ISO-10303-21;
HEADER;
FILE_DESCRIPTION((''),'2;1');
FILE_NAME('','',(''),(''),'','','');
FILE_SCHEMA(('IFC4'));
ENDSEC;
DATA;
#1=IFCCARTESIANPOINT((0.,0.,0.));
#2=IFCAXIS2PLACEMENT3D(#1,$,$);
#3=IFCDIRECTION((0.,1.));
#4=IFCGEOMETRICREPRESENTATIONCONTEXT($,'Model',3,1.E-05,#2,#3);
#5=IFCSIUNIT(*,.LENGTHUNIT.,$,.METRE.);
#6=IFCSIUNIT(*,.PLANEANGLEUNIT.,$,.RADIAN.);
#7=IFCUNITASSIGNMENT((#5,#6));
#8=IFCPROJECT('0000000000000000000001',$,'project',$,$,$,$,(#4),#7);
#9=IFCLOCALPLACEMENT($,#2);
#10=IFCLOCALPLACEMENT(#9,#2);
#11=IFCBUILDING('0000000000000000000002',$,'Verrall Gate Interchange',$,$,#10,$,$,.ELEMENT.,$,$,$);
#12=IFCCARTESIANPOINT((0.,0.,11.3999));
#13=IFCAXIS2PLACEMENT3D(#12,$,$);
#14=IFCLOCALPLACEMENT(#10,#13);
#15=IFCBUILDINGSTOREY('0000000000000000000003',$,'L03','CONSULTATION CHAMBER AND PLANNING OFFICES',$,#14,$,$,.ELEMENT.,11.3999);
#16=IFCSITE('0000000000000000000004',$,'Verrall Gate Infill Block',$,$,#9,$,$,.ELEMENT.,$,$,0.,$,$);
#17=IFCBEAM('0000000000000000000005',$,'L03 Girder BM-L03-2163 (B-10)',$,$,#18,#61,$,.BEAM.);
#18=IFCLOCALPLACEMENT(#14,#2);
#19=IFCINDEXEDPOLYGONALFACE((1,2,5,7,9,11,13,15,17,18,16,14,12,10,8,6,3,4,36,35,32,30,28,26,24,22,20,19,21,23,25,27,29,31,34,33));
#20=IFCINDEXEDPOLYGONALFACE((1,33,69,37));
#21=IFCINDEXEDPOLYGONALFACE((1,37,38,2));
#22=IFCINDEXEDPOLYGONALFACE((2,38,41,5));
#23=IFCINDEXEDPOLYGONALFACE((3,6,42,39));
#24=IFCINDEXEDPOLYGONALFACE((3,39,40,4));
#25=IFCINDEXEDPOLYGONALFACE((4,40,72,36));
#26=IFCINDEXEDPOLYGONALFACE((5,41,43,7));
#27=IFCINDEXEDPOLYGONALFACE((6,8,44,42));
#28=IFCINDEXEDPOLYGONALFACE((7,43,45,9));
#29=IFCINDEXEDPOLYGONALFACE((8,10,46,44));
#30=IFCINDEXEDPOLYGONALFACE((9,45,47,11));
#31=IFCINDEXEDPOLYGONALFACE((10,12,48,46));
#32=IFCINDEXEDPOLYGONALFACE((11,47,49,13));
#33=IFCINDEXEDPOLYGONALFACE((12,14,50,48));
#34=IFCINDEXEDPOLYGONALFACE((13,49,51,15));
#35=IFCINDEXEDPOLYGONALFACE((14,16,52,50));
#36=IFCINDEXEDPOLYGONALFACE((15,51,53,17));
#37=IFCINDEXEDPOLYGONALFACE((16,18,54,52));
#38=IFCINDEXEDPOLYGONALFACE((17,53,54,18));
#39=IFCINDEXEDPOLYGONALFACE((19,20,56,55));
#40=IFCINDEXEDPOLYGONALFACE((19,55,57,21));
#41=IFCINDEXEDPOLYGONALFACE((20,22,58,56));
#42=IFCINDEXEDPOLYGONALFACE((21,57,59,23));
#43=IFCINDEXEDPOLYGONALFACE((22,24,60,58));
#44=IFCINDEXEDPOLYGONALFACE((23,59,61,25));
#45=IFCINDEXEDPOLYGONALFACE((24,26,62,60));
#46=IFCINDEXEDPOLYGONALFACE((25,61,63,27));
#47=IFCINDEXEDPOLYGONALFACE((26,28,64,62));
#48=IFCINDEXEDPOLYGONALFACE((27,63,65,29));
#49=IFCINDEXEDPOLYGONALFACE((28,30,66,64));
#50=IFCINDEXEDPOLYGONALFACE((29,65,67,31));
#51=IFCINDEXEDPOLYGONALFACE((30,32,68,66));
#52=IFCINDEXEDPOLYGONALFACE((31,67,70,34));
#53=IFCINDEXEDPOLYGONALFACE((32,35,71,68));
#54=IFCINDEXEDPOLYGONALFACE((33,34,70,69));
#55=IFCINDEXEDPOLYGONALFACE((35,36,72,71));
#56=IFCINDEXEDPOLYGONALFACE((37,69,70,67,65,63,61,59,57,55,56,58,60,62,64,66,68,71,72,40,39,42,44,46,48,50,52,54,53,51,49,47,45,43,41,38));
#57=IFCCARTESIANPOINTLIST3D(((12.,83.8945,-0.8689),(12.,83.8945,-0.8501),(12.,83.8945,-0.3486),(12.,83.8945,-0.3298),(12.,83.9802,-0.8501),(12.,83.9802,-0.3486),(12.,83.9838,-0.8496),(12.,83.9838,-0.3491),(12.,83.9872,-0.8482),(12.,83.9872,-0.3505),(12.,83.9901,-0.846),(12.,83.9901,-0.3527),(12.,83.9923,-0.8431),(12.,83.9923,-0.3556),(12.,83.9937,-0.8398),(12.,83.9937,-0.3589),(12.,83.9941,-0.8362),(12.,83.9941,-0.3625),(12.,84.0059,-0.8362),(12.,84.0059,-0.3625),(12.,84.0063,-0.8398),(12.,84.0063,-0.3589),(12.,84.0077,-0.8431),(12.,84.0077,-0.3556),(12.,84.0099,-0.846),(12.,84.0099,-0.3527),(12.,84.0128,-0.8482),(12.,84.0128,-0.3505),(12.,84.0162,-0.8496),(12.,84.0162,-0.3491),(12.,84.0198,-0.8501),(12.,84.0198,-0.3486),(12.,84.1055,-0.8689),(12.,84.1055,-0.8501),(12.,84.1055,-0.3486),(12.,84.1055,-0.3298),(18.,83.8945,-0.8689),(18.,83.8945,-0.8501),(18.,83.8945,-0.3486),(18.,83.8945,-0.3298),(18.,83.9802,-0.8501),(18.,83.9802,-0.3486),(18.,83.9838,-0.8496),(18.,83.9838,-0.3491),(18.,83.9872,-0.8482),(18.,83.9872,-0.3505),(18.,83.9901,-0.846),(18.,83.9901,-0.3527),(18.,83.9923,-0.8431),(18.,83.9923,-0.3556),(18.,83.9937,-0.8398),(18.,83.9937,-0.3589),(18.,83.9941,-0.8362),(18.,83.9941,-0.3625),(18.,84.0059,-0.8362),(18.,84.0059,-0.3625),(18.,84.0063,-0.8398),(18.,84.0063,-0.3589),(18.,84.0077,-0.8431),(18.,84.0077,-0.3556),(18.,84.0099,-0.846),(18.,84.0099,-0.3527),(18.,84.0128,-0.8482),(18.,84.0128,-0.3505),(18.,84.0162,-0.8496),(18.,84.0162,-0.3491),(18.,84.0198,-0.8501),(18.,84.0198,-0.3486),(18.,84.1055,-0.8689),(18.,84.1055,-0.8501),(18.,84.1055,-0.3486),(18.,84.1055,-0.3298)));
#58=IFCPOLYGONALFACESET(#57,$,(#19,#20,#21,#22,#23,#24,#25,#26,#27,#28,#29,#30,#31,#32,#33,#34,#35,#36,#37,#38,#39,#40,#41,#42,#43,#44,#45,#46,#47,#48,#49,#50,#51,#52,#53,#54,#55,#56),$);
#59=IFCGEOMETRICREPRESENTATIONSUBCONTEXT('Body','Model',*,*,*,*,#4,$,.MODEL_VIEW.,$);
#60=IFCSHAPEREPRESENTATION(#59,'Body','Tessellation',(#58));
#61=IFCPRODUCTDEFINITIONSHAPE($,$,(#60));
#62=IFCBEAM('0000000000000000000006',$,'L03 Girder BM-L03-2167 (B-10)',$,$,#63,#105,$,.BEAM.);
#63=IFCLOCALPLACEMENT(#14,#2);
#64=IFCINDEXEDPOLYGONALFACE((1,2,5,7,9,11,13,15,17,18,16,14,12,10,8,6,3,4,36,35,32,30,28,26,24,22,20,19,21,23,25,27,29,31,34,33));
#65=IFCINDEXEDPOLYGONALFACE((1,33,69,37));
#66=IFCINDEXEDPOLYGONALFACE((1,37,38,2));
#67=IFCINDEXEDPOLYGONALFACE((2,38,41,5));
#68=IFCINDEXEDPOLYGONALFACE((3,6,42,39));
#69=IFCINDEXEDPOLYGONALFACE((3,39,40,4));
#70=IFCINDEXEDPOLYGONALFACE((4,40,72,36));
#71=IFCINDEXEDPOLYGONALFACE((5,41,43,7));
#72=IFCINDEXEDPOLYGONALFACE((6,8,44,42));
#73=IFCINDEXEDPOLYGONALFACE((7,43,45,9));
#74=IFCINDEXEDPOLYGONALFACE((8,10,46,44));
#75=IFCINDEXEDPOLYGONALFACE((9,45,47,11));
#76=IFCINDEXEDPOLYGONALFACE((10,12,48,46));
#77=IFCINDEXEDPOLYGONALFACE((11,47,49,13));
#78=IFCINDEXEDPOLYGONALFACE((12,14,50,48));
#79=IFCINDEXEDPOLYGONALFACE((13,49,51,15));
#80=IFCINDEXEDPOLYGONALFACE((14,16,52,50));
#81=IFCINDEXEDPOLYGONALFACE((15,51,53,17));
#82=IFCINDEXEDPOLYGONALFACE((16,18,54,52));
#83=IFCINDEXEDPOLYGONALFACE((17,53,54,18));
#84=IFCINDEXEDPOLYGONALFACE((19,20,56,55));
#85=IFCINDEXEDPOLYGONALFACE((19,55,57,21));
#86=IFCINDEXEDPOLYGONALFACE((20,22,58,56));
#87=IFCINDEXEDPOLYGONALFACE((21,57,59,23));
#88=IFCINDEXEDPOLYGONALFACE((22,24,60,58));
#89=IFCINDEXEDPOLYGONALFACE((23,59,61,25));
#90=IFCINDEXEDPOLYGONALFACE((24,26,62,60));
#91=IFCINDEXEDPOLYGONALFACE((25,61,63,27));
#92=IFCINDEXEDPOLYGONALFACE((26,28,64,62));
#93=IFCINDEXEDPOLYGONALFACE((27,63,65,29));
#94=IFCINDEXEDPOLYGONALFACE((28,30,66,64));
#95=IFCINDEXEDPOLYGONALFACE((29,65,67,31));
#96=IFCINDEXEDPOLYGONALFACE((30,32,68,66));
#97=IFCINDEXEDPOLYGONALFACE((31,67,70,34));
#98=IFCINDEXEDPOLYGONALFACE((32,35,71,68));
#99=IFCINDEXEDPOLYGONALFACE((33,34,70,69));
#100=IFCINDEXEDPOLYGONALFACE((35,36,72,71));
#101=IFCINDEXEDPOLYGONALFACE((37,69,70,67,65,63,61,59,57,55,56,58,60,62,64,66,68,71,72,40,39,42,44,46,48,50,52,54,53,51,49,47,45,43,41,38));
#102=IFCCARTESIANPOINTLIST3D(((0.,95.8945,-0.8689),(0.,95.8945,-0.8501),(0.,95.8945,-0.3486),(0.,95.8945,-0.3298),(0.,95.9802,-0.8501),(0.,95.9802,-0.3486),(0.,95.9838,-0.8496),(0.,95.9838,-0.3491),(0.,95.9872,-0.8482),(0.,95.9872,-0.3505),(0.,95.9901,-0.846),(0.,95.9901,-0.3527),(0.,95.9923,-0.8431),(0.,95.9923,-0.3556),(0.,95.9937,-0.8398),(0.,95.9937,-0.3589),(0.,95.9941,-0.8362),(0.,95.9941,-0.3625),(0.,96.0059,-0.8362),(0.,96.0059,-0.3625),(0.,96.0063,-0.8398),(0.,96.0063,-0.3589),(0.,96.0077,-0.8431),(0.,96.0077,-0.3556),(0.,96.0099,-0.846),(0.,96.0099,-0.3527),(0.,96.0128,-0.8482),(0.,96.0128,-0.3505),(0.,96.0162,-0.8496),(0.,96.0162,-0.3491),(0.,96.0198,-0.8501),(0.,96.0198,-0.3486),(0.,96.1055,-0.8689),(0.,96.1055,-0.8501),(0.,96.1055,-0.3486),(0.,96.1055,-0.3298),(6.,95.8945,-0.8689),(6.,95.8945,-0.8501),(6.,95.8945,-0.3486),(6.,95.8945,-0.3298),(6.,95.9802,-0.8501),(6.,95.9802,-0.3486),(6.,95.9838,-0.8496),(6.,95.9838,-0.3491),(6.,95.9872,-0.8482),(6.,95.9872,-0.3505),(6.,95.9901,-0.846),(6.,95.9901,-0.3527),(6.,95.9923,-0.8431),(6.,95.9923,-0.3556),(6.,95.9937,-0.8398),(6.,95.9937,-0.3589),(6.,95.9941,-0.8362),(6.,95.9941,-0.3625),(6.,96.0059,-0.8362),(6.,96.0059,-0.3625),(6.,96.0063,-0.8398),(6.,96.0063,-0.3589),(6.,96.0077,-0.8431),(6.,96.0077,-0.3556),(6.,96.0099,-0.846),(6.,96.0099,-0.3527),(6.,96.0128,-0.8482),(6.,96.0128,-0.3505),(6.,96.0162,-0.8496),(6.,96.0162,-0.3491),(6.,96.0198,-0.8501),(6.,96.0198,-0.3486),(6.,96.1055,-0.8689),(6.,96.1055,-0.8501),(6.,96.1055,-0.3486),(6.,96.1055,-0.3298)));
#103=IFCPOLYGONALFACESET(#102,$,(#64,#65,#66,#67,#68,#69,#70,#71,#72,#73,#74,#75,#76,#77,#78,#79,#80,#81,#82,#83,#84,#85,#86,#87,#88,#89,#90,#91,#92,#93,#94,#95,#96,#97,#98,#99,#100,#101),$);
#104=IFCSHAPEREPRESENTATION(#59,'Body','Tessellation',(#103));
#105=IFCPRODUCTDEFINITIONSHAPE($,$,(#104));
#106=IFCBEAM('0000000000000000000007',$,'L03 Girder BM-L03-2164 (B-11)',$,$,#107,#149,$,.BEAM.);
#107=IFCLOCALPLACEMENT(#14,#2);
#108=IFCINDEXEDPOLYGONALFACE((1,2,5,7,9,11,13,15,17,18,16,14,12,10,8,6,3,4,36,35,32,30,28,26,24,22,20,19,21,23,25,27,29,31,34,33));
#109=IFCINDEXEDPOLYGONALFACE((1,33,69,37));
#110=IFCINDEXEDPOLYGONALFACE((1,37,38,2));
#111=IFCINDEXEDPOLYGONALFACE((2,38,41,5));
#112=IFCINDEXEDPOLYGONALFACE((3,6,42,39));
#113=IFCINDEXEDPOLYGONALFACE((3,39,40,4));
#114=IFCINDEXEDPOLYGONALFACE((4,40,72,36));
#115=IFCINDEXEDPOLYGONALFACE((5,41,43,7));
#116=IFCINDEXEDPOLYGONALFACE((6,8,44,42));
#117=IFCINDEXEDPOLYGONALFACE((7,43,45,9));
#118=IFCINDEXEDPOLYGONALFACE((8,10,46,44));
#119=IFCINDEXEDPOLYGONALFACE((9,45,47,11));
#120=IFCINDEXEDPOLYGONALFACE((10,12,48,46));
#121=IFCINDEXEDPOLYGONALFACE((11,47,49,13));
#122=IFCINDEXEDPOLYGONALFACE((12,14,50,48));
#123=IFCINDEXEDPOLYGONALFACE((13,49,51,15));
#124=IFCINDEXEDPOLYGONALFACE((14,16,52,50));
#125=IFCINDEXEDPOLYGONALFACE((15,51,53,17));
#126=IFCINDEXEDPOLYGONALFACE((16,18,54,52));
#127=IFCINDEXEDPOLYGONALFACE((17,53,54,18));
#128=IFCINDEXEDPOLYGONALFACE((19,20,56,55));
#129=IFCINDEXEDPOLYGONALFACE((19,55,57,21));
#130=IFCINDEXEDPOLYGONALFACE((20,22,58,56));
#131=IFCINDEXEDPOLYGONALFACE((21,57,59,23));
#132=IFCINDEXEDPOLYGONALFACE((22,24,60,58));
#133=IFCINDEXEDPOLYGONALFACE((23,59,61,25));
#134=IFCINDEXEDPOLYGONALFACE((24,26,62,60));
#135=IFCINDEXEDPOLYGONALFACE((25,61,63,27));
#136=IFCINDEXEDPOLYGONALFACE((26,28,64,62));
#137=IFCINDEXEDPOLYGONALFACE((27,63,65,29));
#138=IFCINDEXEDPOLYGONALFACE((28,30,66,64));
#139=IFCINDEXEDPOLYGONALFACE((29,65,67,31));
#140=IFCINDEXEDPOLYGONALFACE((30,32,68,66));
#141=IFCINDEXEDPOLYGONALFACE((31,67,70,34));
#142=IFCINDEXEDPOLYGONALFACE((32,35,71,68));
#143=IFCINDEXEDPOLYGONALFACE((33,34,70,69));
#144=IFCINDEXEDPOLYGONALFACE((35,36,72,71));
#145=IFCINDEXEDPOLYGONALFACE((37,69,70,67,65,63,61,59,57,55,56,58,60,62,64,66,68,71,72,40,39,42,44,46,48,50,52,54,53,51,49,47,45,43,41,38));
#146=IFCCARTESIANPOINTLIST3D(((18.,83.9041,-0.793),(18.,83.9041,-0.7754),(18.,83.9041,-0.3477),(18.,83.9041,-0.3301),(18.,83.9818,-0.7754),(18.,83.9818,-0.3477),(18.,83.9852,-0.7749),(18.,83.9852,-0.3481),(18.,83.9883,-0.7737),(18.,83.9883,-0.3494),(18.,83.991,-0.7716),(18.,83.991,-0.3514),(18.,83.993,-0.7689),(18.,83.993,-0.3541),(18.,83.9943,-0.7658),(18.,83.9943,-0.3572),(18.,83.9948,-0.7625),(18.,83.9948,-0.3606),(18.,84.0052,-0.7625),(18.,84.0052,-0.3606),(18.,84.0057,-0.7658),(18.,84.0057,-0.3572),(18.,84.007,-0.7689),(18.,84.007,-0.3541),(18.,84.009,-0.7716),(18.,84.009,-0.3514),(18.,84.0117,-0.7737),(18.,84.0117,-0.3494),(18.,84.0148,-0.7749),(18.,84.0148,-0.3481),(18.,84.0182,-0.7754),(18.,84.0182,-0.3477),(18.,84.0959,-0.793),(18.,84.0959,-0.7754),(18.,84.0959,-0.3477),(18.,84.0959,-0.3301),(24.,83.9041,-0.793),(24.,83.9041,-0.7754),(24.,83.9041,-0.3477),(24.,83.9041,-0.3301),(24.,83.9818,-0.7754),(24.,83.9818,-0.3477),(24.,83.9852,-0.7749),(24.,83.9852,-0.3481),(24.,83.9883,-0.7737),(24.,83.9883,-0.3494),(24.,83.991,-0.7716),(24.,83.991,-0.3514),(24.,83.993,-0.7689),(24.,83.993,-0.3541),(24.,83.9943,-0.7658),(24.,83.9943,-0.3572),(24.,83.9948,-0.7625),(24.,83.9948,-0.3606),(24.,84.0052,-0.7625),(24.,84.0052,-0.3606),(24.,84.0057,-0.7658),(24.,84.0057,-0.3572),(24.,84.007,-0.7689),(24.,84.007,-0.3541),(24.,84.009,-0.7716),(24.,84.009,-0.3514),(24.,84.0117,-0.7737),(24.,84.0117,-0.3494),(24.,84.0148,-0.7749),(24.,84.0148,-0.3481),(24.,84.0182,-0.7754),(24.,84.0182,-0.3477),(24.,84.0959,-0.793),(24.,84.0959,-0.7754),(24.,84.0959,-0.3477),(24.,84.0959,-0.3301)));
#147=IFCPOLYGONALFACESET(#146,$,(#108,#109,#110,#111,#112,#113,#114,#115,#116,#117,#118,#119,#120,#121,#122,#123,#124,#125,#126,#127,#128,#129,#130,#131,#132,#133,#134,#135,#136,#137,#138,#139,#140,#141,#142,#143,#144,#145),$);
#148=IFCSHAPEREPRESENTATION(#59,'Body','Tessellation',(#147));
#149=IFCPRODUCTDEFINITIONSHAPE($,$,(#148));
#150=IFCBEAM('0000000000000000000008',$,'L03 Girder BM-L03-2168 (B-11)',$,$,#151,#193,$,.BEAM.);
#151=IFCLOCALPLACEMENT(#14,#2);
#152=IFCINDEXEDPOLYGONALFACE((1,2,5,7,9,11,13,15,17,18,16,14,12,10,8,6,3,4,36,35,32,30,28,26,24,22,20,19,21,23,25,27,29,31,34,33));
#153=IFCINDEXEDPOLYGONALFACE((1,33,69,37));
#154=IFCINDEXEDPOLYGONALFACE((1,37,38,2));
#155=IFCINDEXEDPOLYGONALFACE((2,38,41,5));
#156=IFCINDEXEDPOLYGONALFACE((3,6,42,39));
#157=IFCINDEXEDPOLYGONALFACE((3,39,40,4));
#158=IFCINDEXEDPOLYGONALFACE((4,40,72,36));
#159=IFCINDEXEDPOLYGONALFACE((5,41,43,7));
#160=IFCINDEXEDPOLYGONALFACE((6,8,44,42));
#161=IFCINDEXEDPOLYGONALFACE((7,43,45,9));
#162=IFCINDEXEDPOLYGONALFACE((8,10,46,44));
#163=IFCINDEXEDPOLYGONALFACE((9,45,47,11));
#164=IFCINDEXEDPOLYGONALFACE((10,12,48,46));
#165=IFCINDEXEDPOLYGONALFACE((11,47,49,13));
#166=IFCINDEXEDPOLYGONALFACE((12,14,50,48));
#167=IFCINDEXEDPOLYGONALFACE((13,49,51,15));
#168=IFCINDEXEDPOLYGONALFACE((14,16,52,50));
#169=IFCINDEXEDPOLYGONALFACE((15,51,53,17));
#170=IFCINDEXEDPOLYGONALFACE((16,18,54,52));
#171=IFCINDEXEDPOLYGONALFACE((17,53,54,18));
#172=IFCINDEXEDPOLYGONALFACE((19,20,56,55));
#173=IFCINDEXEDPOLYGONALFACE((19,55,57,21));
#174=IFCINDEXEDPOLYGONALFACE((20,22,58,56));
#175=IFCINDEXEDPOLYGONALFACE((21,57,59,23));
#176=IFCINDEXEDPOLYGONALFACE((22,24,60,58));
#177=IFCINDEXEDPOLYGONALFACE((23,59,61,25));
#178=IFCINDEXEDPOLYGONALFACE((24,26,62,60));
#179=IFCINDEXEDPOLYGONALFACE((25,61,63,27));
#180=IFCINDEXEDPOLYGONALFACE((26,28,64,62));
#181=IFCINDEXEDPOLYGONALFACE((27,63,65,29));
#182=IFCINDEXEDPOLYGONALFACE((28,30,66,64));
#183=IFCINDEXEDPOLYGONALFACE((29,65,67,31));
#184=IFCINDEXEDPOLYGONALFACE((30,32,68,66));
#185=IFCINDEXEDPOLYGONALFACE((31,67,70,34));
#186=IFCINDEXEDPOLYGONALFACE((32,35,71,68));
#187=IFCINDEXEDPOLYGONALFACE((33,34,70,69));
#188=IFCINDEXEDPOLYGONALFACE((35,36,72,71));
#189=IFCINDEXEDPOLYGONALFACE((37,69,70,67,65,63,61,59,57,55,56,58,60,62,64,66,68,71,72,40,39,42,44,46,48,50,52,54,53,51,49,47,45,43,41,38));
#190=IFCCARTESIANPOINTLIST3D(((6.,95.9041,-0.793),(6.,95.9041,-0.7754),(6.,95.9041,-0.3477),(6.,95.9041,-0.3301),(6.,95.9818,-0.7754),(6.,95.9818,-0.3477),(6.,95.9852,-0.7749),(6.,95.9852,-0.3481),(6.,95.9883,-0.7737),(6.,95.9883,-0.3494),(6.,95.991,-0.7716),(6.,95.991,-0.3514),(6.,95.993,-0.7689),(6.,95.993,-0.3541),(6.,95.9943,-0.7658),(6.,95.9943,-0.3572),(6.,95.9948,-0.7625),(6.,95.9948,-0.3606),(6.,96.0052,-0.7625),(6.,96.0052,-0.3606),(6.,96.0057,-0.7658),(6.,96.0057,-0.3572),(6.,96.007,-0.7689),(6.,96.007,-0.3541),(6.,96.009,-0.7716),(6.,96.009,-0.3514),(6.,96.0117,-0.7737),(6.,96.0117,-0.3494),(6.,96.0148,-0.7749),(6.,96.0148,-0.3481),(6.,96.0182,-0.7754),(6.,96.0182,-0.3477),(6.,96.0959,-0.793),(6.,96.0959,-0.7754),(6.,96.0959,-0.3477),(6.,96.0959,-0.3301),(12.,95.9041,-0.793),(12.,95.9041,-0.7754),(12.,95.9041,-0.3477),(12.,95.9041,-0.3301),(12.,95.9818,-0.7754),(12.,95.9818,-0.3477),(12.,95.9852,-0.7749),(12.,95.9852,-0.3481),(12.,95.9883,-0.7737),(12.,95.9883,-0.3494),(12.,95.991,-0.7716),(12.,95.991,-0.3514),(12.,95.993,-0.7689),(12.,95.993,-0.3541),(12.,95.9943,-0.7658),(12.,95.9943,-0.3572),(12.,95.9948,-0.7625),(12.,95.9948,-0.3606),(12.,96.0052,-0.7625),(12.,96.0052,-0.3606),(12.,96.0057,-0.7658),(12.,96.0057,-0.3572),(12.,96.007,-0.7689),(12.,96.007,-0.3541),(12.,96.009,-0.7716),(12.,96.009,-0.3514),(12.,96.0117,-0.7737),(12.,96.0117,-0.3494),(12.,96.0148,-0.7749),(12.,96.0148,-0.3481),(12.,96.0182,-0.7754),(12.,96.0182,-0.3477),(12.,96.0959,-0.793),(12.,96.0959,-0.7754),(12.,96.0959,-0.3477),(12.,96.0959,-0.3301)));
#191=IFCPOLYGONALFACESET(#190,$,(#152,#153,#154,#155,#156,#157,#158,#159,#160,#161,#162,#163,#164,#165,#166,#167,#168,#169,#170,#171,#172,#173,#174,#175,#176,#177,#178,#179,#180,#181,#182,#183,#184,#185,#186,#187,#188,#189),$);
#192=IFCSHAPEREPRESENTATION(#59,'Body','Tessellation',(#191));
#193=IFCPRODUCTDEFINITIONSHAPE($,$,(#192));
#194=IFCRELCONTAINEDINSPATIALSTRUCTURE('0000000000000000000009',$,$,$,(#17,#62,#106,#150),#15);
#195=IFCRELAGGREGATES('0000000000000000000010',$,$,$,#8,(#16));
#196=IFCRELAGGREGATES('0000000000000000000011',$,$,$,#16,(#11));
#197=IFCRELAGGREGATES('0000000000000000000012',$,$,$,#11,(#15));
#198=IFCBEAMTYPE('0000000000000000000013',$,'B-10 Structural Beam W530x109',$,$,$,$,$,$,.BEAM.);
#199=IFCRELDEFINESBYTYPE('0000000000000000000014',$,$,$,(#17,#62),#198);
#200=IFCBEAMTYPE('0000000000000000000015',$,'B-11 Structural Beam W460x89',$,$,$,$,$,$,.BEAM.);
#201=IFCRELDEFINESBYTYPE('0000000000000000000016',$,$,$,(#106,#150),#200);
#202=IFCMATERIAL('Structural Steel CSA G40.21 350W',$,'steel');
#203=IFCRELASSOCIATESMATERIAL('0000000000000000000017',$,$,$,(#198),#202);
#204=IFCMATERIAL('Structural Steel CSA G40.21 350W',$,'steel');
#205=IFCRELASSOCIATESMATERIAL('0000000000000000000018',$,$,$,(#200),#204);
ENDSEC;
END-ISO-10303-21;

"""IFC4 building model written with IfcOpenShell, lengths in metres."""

from ifc_helpers import new_model, si_unit, direction, frame, origin, origin_2d, place, context, subcontext, project, spatial, i_section, extrude, material, material_profile, profile_set, type_object, element, save


model = new_model("IFC4")

# Units and contexts
model_context = context("Model", 3, precision=1e-05, world=origin(), true_north=direction((0.0, 1.0)))
body_context = subcontext(model_context, "Body", "Model", "MODEL_VIEW")
ifc_project = project(units=[si_unit("LENGTHUNIT", "METRE"), si_unit("PLANEANGLEUNIT", "RADIAN")], contexts=[model_context])

# Site, building, storey
site_placement = place(None, origin())
site = spatial("IfcSite", under=ifc_project, at=site_placement, Name="Verrall Gate Infill Block", CompositionType="ELEMENT", RefElevation=0.0)
building_placement = place(site_placement, origin())
building = spatial("IfcBuilding", under=site, at=building_placement, Name="Verrall Gate Interchange", CompositionType="ELEMENT")
storey_placement = place(building_placement, frame((0.0, 0.0, 11.3999)))
storey = spatial("IfcBuildingStorey", under=building, at=storey_placement, Name="L03", Description="CONSULTATION CHAMBER AND PLANNING OFFICES", CompositionType="ELEMENT", Elevation=11.3999)

# Beams
ifc_material_1 = material(Name="Structural Steel CSA G40.21 350W", Category="steel")
ifc_material_profile_1 = material_profile(ifc_material_1, i_section(OverallWidth=0.2109, OverallDepth=0.5391, WebThickness=0.0117, FlangeThickness=0.0188, FilletRadius=0.0139, at=origin_2d()), Name="W530x109")
ifc_profile_set_1 = profile_set([ifc_material_profile_1], Name="Structural Steel CSA G40.21 350W")
beam_type_1 = type_object("IfcBeamType", Name="B-10 Structural Beam W530x109", PredefinedType="BEAM", material=ifc_profile_set_1)
for number, where, z_axis, x_axis, name in (
    (1, (12.0, 84.0, -0.5994), (1.0, 0.0, 0.0), (0.0, 1.0, 0.0), "L03 Girder BM-L03-2163 (B-10)"),
    (2, (0.0, 96.0, -0.5994), (1.0, 0.0, 0.0), (0.0, 1.0, 0.0), "L03 Girder BM-L03-2167 (B-10)"),
):
    element("IfcBeam", number, at=place(storey_placement, frame(where, z_axis=z_axis, x_axis=x_axis)), inside=storey, type_object=beam_type_1, Name=name, PredefinedType="BEAM", context=body_context, shape_type="SweptSolid", body=[
        extrude(i_section(OverallWidth=0.2109, OverallDepth=0.5391, WebThickness=0.0117, FlangeThickness=0.0188, FilletRadius=0.0139, at=origin_2d()), origin(), (0.0, 0.0, 1.0), 6.0),
    ])
ifc_material_2 = material(Name="Structural Steel CSA G40.21 350W", Category="steel")
ifc_material_profile_2 = material_profile(ifc_material_2, i_section(OverallWidth=0.1919, OverallDepth=0.4629, WebThickness=0.0105, FlangeThickness=0.0176, FilletRadius=0.0129, at=origin_2d()), Name="W460x89")
ifc_profile_set_2 = profile_set([ifc_material_profile_2], Name="Structural Steel CSA G40.21 350W")
beam_type_2 = type_object("IfcBeamType", Name="B-11 Structural Beam W460x89", PredefinedType="BEAM", material=ifc_profile_set_2)
for number, where, z_axis, x_axis, name in (
    (3, (18.0, 84.0, -0.5615), (1.0, 0.0, 0.0), (0.0, 1.0, 0.0), "L03 Girder BM-L03-2164 (B-11)"),
    (4, (6.0, 96.0, -0.5615), (1.0, 0.0, 0.0), (0.0, 1.0, 0.0), "L03 Girder BM-L03-2168 (B-11)"),
):
    element("IfcBeam", number, at=place(storey_placement, frame(where, z_axis=z_axis, x_axis=x_axis)), inside=storey, type_object=beam_type_2, Name=name, PredefinedType="BEAM", context=body_context, shape_type="SweptSolid", body=[
        extrude(i_section(OverallWidth=0.1919, OverallDepth=0.4629, WebThickness=0.0105, FlangeThickness=0.0176, FilletRadius=0.0129, at=origin_2d()), origin(), (0.0, 0.0, 1.0), 6.0),
    ])

save(model, "model.ifc")
